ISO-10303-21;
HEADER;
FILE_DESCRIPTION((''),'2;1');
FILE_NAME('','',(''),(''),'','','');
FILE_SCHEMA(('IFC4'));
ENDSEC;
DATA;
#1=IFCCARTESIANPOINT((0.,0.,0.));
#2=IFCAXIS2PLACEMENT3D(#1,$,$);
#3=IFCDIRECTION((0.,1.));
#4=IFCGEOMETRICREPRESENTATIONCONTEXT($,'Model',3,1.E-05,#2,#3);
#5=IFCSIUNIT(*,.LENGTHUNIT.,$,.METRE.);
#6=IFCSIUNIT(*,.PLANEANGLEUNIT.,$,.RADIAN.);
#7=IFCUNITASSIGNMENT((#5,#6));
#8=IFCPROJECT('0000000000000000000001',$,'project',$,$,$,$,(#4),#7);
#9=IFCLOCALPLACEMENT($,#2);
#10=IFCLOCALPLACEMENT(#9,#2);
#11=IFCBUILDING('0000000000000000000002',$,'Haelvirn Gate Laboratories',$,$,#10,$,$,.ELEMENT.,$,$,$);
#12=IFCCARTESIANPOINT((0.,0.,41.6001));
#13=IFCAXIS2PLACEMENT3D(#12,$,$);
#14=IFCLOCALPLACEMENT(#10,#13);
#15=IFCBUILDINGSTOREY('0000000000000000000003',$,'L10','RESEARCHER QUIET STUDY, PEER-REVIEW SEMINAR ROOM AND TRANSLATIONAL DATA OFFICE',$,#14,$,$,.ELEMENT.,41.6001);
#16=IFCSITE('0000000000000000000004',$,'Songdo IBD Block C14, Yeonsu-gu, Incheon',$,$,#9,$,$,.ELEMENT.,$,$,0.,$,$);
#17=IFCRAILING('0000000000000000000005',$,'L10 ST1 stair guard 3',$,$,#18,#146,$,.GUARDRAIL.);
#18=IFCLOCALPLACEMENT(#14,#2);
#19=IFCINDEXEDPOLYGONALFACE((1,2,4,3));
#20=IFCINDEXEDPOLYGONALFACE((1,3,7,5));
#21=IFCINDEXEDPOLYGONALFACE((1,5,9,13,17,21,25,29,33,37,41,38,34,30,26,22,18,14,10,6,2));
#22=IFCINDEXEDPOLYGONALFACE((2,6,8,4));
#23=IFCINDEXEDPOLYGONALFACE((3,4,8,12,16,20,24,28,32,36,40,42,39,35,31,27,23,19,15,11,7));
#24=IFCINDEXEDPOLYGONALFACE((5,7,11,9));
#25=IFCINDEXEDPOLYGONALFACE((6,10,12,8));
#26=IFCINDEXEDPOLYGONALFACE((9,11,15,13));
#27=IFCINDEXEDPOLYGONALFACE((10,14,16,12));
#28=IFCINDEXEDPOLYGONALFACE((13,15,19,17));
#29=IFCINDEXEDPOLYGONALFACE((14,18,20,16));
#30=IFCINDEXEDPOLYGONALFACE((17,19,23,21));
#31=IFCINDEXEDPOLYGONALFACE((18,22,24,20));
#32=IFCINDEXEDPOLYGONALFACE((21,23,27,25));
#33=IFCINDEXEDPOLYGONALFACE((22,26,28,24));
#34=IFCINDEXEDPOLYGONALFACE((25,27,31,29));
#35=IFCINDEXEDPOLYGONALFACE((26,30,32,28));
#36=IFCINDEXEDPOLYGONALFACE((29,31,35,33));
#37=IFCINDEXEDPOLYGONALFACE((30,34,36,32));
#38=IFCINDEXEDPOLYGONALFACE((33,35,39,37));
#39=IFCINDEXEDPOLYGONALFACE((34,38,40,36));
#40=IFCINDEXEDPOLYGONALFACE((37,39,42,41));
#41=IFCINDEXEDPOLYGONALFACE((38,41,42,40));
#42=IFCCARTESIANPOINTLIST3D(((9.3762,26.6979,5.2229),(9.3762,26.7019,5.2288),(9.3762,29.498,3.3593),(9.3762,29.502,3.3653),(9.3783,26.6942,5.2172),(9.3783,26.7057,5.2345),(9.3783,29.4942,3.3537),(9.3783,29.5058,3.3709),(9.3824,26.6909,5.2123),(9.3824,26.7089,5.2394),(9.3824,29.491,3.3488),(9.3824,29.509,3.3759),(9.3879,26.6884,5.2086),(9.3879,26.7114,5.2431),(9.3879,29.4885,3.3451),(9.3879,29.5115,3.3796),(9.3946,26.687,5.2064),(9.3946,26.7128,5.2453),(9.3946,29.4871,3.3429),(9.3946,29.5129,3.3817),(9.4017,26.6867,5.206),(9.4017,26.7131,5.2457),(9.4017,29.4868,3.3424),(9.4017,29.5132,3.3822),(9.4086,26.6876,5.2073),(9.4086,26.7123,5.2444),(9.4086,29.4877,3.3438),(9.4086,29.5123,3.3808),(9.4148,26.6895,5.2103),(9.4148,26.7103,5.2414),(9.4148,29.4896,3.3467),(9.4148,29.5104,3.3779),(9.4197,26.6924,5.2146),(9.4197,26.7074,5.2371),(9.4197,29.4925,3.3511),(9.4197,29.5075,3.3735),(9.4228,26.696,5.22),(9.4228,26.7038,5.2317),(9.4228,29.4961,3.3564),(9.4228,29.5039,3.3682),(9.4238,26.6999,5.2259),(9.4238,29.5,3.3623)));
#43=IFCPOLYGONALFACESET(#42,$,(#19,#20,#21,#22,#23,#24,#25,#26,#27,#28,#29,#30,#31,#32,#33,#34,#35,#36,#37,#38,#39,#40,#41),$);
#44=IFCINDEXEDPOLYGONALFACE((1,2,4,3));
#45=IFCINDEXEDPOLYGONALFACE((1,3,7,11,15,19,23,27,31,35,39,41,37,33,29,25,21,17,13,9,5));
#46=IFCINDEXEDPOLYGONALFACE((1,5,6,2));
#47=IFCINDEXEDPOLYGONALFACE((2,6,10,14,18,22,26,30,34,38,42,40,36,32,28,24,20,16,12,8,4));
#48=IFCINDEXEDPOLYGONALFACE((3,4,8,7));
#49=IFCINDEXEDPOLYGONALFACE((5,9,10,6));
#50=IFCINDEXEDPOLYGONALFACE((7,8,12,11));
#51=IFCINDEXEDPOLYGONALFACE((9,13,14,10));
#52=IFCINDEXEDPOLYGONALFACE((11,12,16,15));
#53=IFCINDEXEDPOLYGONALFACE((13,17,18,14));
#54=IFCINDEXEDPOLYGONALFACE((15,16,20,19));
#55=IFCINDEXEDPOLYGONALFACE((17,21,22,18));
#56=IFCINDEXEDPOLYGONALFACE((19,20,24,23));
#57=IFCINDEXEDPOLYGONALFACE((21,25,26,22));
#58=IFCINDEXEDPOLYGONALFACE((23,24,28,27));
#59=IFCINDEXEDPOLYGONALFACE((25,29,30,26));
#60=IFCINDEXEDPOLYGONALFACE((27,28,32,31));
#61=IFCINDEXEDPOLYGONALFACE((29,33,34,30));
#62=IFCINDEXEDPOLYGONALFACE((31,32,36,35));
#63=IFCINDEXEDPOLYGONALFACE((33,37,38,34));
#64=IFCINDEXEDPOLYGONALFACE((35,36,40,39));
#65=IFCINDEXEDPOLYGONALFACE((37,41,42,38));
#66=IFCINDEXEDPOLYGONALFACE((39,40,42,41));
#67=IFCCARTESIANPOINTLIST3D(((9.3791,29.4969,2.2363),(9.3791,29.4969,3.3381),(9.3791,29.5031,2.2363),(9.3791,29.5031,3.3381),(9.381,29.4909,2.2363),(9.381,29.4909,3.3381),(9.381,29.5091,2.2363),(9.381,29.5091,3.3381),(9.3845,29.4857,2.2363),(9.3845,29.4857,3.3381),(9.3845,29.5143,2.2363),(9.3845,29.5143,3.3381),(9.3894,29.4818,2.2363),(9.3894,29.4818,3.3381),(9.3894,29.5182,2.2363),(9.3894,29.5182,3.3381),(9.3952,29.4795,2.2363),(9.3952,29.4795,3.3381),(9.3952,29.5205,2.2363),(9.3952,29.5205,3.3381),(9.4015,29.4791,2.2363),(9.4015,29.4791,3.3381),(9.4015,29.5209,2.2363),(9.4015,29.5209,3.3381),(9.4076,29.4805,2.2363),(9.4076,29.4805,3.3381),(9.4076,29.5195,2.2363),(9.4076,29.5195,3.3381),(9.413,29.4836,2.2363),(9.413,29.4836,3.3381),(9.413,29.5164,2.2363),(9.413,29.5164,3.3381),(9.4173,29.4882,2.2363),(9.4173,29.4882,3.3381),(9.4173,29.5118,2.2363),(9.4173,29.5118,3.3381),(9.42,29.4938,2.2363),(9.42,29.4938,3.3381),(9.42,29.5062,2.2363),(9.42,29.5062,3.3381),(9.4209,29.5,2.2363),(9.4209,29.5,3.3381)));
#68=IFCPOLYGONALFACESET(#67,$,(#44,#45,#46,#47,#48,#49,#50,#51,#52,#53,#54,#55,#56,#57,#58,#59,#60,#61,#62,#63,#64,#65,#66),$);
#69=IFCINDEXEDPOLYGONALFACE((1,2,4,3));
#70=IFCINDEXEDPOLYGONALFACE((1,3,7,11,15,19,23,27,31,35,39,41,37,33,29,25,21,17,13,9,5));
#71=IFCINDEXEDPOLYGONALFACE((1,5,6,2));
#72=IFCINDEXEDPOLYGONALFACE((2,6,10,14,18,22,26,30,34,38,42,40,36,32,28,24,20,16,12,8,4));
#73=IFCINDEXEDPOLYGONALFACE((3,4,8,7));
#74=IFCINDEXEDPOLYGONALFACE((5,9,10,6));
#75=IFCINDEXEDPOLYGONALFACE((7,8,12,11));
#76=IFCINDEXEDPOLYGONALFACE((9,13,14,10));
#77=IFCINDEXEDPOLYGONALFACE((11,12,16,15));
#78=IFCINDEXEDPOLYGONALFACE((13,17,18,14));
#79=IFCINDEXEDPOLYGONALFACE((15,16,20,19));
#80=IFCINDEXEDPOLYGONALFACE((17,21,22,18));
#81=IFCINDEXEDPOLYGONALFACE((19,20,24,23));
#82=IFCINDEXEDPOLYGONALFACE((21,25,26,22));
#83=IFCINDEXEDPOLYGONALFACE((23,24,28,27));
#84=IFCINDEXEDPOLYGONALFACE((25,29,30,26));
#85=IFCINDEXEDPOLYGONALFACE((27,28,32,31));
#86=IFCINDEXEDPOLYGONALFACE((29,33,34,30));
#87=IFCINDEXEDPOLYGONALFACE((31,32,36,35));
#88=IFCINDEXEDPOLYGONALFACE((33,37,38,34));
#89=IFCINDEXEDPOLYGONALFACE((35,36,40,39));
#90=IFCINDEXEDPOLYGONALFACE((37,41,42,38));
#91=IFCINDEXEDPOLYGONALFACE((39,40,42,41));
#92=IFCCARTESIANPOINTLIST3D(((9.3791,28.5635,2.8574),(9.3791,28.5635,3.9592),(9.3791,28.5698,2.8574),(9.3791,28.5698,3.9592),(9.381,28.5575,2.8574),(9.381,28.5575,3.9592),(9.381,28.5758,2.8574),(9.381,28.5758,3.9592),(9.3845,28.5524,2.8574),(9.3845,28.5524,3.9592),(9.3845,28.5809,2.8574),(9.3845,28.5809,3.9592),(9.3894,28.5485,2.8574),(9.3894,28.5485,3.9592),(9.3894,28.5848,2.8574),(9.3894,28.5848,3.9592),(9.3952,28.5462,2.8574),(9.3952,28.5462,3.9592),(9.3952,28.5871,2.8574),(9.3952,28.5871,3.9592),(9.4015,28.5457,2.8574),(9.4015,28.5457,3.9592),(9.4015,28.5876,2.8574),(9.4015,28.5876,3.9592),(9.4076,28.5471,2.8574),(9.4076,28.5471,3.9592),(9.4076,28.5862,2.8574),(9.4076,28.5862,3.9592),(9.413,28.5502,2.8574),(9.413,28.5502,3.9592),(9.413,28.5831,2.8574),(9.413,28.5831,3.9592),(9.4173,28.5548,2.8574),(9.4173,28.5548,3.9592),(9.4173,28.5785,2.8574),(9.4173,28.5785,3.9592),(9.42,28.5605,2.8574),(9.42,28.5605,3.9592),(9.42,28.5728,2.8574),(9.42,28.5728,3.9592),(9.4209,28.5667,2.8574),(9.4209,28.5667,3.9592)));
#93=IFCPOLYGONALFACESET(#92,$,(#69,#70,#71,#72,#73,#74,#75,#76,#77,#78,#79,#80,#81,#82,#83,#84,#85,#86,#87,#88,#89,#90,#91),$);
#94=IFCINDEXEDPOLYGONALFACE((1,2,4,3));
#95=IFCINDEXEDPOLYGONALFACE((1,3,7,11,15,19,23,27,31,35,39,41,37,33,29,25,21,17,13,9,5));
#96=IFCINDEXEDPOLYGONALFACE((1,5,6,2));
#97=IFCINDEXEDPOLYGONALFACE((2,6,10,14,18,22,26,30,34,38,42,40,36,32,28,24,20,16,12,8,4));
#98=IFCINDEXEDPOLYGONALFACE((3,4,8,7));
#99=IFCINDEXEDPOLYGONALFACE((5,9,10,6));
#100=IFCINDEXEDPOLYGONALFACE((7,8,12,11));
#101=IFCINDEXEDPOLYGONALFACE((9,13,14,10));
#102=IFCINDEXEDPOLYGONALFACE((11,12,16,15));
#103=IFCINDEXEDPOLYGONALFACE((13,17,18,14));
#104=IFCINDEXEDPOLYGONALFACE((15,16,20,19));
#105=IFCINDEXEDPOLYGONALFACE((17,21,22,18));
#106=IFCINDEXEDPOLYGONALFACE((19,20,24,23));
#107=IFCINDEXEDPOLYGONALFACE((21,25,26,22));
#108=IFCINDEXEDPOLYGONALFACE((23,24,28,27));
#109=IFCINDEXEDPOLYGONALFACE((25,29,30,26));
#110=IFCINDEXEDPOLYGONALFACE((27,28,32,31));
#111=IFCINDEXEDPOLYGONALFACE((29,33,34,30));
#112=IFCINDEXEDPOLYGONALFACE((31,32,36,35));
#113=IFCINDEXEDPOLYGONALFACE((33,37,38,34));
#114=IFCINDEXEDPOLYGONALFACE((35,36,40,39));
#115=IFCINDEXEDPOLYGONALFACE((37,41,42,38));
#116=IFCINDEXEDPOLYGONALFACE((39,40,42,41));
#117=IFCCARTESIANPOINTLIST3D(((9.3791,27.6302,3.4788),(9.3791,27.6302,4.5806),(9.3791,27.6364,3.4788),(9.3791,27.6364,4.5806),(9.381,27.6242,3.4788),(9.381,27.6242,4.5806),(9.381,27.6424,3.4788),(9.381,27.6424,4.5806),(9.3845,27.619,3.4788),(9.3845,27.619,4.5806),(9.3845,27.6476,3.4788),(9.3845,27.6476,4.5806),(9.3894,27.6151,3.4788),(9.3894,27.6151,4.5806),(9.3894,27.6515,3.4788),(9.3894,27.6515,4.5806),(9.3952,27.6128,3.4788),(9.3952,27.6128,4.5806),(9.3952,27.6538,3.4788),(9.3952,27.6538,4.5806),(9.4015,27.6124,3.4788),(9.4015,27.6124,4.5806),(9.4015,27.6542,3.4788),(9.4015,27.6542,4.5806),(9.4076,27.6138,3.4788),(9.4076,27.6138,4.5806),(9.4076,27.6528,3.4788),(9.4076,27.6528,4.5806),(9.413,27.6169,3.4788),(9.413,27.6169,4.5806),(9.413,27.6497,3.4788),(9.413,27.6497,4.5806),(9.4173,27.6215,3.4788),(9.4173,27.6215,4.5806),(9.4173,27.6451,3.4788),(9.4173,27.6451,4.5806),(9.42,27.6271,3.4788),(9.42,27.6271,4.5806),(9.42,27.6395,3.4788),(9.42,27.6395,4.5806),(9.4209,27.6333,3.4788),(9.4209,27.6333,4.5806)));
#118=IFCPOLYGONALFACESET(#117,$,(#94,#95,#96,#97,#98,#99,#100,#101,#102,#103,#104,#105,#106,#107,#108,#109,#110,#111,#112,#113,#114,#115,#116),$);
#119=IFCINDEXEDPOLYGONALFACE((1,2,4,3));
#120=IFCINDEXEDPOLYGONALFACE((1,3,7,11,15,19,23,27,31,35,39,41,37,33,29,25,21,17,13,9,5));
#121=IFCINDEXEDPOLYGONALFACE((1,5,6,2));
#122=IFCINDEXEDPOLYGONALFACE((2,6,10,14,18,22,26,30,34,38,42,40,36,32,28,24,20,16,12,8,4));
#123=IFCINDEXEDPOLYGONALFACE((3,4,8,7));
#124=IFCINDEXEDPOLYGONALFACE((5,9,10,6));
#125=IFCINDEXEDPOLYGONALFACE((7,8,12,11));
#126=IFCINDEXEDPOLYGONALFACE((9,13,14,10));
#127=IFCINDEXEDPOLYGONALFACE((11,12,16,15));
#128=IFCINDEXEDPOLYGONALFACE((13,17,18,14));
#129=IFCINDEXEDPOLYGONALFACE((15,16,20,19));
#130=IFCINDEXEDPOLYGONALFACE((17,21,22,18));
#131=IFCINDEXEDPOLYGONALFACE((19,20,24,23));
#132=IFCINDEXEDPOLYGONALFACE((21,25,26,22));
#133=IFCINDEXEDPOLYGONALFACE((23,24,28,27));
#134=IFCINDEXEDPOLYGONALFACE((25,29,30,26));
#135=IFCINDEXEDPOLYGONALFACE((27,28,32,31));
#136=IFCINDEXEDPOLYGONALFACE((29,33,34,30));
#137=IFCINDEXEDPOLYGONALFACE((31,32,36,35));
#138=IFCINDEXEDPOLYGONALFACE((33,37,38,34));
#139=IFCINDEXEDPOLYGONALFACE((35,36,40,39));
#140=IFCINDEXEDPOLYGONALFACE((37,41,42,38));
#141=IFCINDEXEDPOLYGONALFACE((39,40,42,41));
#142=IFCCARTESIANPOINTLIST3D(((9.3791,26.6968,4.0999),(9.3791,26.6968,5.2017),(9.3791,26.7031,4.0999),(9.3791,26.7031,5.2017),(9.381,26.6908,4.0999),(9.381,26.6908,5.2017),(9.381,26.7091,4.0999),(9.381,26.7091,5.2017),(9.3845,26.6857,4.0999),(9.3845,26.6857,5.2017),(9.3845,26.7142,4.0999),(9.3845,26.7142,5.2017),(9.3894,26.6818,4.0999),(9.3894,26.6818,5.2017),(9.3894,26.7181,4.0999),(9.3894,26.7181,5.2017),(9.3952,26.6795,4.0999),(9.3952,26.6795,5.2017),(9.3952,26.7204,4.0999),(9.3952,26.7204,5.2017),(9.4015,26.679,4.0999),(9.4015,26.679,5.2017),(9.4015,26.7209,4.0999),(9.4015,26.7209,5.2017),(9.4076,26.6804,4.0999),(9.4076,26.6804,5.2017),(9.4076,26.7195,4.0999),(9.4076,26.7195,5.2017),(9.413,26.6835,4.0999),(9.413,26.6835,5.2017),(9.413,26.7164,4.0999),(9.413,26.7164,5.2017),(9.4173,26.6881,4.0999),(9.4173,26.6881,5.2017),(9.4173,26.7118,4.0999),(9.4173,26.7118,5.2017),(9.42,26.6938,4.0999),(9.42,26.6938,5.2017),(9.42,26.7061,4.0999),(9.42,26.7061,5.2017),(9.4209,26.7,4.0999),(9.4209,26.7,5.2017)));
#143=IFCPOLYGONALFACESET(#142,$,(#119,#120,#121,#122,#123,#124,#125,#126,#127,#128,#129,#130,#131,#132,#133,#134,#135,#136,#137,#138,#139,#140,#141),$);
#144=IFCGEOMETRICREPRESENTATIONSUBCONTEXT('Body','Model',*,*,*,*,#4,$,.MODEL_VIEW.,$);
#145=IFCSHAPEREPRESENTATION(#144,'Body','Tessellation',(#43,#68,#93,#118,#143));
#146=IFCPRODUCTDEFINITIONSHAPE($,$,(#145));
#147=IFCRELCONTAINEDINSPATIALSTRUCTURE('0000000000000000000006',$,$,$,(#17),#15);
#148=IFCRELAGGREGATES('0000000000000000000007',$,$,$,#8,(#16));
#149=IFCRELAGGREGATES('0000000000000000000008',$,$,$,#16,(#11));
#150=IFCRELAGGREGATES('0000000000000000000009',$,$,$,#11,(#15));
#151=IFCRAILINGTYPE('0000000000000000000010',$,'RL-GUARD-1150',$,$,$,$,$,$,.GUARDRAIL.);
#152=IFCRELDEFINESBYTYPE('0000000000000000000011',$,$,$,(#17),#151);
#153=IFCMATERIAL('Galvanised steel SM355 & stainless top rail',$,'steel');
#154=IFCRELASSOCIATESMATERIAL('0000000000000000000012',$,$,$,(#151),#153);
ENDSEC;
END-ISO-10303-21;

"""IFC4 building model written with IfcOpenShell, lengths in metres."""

from ifc_helpers import new_model, si_unit, direction, frame, origin, origin_2d, place, context, subcontext, project, spatial, circle, extrude, source, transform, mapped, material, type_object, element, save


model = new_model("IFC4")

# Units and contexts
model_context = context("Model", 3, precision=1e-05, world=origin(), true_north=direction((0.0, 1.0)))
body_context = subcontext(model_context, "Body", "Model", "MODEL_VIEW")
ifc_project = project(units=[si_unit("LENGTHUNIT", "METRE"), si_unit("PLANEANGLEUNIT", "RADIAN")], contexts=[model_context])

# Site, building, storey
site_placement = place(None, origin())
site = spatial("IfcSite", under=ifc_project, at=site_placement, Name="Songdo IBD Block C14, Yeonsu-gu, Incheon", CompositionType="ELEMENT", RefElevation=0.0)
building_placement = place(site_placement, origin())
building = spatial("IfcBuilding", under=site, at=building_placement, Name="Haelvirn Gate Laboratories", CompositionType="ELEMENT")
storey_placement = place(building_placement, frame((0.0, 0.0, 41.6001)))
storey = spatial("IfcBuildingStorey", under=building, at=storey_placement, Name="L10", Description="RESEARCHER QUIET STUDY, PEER-REVIEW SEMINAR ROOM AND TRANSLATIONAL DATA OFFICE", CompositionType="ELEMENT", Elevation=41.6001)

# Railing
ifc_material_1 = material(Name="Galvanised steel SM355 & stainless top rail", Category="steel")
railing_type_1 = type_object("IfcRailingType", Name="RL-GUARD-1150", PredefinedType="GUARDRAIL", material=ifc_material_1)
shared_shape_1 = source(origin(), body_context, "Body", "SweptSolid", [
    extrude(circle(Radius=0.0239, at=origin_2d()), frame((0.0, 0.0, 1.126), z_axis=(0.0, -0.832486, 0.554047), x_axis=(1.0, 0.0, 0.0)), (0.0, 0.0, 1.0), 3.3635),
    extrude(circle(Radius=0.021, at=origin_2d()), origin(), (0.0, 0.0, 1.0), 1.1018),
    extrude(circle(Radius=0.021, at=origin_2d()), frame((0.0, -0.9333, 0.6211)), (0.0, 0.0, 1.0), 1.1018),
    extrude(circle(Radius=0.021, at=origin_2d()), frame((0.0, -1.8667, 1.2424)), (0.0, 0.0, 1.0), 1.1018),
    extrude(circle(Radius=0.021, at=origin_2d()), frame((0.0, -2.8, 1.8635)), (0.0, 0.0, 1.0), 1.1018),
])
railing_1_placement = place(storey_placement, frame((9.3999, 29.5, 2.2363)))
element("IfcRailing", 1, at=railing_1_placement, inside=storey, type_object=railing_type_1, Name="L10 ST1 stair guard 3", PredefinedType="GUARDRAIL", context=body_context, shape_type="MappedRepresentation", body=[
    mapped(shared_shape_1, transform((0.0, 0.0, 0.0), scale=1.0)),
])

save(model, "model.ifc")
